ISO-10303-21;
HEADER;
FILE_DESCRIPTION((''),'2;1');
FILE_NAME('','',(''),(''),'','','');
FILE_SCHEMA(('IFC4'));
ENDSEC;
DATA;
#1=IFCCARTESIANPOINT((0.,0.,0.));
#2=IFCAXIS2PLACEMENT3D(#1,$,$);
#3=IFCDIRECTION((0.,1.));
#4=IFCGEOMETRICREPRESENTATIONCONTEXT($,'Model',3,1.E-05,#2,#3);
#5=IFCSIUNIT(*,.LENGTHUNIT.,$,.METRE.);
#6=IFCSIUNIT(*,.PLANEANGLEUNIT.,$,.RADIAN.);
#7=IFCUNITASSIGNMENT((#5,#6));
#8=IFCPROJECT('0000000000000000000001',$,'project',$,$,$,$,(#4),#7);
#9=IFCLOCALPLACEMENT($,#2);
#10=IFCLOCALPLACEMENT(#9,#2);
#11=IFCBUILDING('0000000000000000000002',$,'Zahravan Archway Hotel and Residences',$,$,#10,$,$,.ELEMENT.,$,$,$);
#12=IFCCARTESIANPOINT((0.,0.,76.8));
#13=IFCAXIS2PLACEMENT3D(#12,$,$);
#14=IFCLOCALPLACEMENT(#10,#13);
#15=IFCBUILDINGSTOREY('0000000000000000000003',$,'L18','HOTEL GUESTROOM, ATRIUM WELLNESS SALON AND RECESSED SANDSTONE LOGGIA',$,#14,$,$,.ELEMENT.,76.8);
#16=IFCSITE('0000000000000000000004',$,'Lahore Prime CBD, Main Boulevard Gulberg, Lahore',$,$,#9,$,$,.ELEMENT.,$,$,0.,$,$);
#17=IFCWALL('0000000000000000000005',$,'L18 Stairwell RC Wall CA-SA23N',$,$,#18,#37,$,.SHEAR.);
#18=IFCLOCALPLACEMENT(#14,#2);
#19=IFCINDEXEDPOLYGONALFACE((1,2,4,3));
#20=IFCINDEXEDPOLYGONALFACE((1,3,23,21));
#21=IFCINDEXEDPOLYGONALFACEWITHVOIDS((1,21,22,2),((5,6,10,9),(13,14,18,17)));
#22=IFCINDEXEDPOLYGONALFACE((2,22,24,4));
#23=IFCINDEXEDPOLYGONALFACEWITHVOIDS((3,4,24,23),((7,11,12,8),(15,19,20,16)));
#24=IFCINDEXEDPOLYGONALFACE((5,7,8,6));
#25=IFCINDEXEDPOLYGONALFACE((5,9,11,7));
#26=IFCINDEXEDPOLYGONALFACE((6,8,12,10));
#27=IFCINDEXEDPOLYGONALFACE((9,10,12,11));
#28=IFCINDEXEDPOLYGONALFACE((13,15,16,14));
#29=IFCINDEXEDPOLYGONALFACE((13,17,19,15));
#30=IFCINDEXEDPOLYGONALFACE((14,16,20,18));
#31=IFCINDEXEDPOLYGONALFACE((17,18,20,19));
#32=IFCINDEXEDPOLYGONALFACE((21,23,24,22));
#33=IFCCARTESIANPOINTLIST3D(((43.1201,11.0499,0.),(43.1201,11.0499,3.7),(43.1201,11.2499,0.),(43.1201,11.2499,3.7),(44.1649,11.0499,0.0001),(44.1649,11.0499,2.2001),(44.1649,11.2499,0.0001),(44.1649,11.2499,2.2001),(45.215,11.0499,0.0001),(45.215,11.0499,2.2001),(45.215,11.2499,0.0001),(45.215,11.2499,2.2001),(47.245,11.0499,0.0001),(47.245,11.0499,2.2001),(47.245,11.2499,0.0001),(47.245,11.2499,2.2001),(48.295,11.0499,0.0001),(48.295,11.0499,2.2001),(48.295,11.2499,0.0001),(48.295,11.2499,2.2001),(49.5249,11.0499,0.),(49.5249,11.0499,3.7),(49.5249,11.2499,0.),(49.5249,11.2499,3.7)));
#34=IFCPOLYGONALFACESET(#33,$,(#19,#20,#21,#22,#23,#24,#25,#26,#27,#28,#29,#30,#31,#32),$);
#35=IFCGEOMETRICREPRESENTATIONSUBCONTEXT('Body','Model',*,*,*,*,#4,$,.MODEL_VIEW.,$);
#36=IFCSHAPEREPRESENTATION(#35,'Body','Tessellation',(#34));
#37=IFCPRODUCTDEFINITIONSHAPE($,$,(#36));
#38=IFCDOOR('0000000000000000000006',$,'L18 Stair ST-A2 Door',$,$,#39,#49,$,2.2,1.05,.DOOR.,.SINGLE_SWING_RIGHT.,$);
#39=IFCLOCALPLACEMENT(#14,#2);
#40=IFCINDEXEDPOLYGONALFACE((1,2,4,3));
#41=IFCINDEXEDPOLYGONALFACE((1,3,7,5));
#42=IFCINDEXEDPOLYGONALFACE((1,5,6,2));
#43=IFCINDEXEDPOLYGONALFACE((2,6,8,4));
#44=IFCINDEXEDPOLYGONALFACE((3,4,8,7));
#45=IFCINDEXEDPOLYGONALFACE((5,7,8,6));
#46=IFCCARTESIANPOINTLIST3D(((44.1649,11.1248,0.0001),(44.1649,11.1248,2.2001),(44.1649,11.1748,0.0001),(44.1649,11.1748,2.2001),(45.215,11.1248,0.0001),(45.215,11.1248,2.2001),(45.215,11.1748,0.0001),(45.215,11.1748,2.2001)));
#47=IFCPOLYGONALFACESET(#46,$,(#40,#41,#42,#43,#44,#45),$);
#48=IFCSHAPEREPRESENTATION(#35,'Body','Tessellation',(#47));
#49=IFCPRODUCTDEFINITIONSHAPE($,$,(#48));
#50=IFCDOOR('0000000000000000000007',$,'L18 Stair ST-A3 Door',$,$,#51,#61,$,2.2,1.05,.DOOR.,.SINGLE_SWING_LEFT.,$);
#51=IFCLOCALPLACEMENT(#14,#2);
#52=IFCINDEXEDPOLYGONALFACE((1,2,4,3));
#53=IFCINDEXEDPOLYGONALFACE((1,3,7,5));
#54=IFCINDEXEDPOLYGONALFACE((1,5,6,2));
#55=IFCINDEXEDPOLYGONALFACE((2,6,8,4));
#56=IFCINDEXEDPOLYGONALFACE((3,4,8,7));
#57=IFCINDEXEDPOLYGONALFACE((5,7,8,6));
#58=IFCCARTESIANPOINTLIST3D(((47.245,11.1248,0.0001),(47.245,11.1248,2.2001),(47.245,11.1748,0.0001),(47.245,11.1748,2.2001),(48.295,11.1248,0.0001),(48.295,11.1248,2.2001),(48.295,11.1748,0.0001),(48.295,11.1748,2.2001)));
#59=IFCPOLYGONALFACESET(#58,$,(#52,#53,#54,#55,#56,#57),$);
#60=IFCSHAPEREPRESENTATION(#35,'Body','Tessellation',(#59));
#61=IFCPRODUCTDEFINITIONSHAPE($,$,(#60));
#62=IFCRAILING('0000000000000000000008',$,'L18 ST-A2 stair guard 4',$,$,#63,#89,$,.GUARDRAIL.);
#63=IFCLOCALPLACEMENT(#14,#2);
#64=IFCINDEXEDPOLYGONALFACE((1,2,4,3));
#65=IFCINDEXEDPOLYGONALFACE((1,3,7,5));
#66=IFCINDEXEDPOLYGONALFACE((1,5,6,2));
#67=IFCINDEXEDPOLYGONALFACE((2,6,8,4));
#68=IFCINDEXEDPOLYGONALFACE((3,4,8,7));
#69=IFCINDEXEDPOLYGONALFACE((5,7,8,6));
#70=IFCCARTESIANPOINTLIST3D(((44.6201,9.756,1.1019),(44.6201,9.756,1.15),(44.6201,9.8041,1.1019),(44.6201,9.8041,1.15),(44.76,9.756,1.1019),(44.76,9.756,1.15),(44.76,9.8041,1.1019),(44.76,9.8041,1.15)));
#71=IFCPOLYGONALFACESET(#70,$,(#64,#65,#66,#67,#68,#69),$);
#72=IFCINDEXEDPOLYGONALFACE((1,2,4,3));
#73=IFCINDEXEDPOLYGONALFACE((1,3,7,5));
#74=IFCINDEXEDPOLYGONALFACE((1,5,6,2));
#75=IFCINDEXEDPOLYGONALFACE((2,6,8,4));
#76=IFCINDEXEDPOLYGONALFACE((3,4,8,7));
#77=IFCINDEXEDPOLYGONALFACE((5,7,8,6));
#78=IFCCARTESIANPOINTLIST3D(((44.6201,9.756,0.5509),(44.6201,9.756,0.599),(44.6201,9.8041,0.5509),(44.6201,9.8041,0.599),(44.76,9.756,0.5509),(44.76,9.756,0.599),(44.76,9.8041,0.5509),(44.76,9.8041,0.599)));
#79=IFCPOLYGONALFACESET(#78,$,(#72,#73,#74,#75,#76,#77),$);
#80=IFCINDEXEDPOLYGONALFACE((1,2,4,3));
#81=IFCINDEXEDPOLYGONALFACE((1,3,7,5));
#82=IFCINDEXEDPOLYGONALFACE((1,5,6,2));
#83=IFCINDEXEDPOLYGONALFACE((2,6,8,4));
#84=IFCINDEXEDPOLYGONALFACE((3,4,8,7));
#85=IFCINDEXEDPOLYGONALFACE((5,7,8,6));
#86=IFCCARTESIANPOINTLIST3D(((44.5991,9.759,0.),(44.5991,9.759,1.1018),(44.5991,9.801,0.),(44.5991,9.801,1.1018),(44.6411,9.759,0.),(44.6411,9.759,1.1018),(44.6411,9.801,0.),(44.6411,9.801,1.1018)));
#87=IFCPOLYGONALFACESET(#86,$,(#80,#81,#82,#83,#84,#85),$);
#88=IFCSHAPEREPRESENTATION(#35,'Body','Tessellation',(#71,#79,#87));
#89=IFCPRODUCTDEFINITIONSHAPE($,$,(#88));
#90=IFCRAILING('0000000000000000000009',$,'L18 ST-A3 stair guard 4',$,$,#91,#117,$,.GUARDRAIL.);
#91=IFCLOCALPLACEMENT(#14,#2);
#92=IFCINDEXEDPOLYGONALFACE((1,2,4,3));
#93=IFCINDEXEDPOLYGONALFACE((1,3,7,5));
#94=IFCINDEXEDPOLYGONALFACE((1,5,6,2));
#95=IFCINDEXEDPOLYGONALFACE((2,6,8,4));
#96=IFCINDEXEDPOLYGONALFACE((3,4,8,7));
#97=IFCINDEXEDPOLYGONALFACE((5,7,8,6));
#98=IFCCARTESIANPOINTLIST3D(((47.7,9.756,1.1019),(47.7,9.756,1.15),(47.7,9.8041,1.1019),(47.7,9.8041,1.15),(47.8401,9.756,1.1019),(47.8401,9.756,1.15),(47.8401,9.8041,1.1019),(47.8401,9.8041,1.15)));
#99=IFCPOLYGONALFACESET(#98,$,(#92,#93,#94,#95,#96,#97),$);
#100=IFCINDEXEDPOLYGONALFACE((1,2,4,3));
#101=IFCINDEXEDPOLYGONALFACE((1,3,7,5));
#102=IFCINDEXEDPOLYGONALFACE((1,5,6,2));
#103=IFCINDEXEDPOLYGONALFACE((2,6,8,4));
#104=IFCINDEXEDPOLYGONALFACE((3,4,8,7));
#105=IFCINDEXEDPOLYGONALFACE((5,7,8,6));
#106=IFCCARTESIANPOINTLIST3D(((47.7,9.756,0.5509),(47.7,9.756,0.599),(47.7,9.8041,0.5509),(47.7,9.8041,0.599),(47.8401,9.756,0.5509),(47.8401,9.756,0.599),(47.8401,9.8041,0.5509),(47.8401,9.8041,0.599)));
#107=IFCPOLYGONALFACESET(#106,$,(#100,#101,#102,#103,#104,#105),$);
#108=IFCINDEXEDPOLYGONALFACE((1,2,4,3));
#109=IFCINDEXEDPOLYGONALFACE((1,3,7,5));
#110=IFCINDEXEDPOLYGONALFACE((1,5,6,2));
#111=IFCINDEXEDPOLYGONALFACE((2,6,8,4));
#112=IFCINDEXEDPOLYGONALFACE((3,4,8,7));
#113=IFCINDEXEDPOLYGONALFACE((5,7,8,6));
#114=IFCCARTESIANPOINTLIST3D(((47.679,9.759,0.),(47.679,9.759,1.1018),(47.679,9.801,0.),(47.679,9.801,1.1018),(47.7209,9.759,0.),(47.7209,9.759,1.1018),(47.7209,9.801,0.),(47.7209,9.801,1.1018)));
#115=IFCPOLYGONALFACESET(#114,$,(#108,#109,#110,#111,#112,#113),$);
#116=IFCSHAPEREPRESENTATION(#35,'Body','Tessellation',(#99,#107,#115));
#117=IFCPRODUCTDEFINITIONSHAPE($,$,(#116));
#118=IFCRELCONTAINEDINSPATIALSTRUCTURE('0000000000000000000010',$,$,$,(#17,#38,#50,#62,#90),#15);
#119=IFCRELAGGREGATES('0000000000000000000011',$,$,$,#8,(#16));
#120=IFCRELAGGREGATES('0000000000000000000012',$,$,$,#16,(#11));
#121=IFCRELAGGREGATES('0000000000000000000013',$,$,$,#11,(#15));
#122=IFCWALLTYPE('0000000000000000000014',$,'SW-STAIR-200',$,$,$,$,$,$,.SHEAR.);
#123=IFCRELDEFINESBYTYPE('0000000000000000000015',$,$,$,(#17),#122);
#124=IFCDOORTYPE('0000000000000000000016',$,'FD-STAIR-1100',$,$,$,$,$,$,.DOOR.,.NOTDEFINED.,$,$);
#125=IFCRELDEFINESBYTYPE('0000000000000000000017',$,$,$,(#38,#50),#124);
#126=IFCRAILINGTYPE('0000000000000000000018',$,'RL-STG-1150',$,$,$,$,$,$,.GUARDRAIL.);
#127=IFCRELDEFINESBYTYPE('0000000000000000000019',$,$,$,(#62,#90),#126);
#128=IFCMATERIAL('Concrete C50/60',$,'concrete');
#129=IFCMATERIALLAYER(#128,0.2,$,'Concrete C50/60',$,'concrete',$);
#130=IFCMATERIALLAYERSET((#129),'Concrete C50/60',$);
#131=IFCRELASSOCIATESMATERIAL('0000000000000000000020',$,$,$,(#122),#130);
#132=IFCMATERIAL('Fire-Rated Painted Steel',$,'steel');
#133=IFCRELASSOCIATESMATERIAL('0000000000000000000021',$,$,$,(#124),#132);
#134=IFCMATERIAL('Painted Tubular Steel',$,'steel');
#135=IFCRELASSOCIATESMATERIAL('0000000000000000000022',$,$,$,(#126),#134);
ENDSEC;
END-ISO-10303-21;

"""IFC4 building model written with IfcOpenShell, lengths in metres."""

from ifc_helpers import new_model, si_unit, direction, frame, frame_2d, origin, origin_2d, place, context, subcontext, project, spatial, rectangle, extrude, source, transform, mapped, material, layer, layer_set, type_object, type_shapes, element, fill, save


model = new_model("IFC4")

# Units and contexts
model_context = context("Model", 3, precision=1e-05, world=origin(), true_north=direction((0.0, 1.0)))
body_context = subcontext(model_context, "Body", "Model", "MODEL_VIEW")
ifc_project = project(units=[si_unit("LENGTHUNIT", "METRE"), si_unit("PLANEANGLEUNIT", "RADIAN")], contexts=[model_context])

# Site, building, storey
site_placement = place(None, origin())
site = spatial("IfcSite", under=ifc_project, at=site_placement, Name="Lahore Prime CBD, Main Boulevard Gulberg, Lahore", CompositionType="ELEMENT", RefElevation=0.0)
building_placement = place(site_placement, origin())
building = spatial("IfcBuilding", under=site, at=building_placement, Name="Zahravan Archway Hotel and Residences", CompositionType="ELEMENT")
storey_placement = place(building_placement, frame((0.0, 0.0, 76.8)))
storey = spatial("IfcBuildingStorey", under=building, at=storey_placement, Name="L18", Description="HOTEL GUESTROOM, ATRIUM WELLNESS SALON AND RECESSED SANDSTONE LOGGIA", CompositionType="ELEMENT", Elevation=76.8)

# Shared definitions
ifc_material_1 = material(Name="Fire-Rated Painted Steel", Category="steel")

# Wall, openings, doors
ifc_material_2 = material(Name="Concrete C50/60", Category="concrete")
ifc_layer_1 = layer(ifc_material_2, 0.2, Name="Concrete C50/60", Category="concrete")
ifc_layer_set_1 = layer_set([ifc_layer_1], Name="Concrete C50/60")
wall_type_1 = type_object("IfcWallType", Name="SW-STAIR-200", PredefinedType="SHEAR", material=ifc_layer_set_1)
wall_1_placement = place(storey_placement, frame((43.1201, 11.1499, 0.0), z_axis=(0.0, 0.0, 1.0), x_axis=(1.0, 0.0, 0.0)))
wall_1 = element("IfcWall", 1, at=wall_1_placement, inside=storey, type_object=wall_type_1, Name="L18 Stairwell RC Wall CA-SA23N", PredefinedType="SHEAR", context=body_context, shape_type="SweptSolid", body=[
    extrude(rectangle(XDim=6.4048, YDim=0.2, at=frame_2d((3.2024, 0.0))), origin(), (0.0, 0.0, 1.0), 3.7),
])
opening_1_placement = place(wall_1_placement, frame((1.0449, 0.0, 0.0)))
opening_1 = element("IfcOpeningElement", 2, at=opening_1_placement, cuts=wall_1, PredefinedType="OPENING", context=body_context, shape_type="SweptSolid", body=[
    extrude(rectangle(XDim=1.05, YDim=2.2, at=frame_2d((0.5249, 1.1001))), frame((0.0, 0.1099, 0.0), z_axis=(0.0, -1.0, 0.0), x_axis=(1.0, 0.0, 0.0)), (0.0, 0.0, 1.0), 0.22),
])
opening_2_placement = place(wall_1_placement, frame((4.125, 0.0, 0.0)))
opening_2 = element("IfcOpeningElement", 3, at=opening_2_placement, cuts=wall_1, PredefinedType="OPENING", context=body_context, shape_type="SweptSolid", body=[
    extrude(rectangle(XDim=1.05, YDim=2.2, at=frame_2d((0.5249, 1.1001))), frame((0.0, 0.1099, 0.0), z_axis=(0.0, -1.0, 0.0), x_axis=(1.0, 0.0, 0.0)), (0.0, 0.0, 1.0), 0.22),
])
door_type_1 = type_object("IfcDoorType", Name="FD-STAIR-1100", OperationType="NOTDEFINED", PredefinedType="DOOR", material=ifc_material_1)
shared_shape_1 = source(origin(), body_context, "Body", "SweptSolid", [
    extrude(rectangle(XDim=1.05, YDim=2.2, at=frame_2d((0.5249, 1.1001))), frame((0.0, 0.0249, 0.0), z_axis=(0.0, -1.0, 0.0), x_axis=(1.0, 0.0, 0.0)), (0.0, 0.0, 1.0), 0.05),
])
type_shapes(door_type_1, [shared_shape_1])
door_1_placement = place(opening_1_placement, origin())
door_1 = element("IfcDoor", 4, at=door_1_placement, inside=storey, type_object=door_type_1, Name="L18 Stair ST-A2 Door", OperationType="SINGLE_SWING_RIGHT", OverallHeight=2.2, OverallWidth=1.05, PredefinedType="DOOR", context=body_context, shape_type="MappedRepresentation", body=[
    mapped(shared_shape_1, transform((0.0, 0.0, 0.0), scale=1.0)),
])
fill(opening_1, door_1)
door_2_placement = place(opening_2_placement, origin())
door_2 = element("IfcDoor", 5, at=door_2_placement, inside=storey, type_object=door_type_1, Name="L18 Stair ST-A3 Door", OperationType="SINGLE_SWING_LEFT", OverallHeight=2.2, OverallWidth=1.05, PredefinedType="DOOR", context=body_context, shape_type="MappedRepresentation", body=[
    mapped(shared_shape_1, transform((0.0, 0.0, 0.0), scale=1.0)),
])
fill(opening_2, door_2)

# Railings
ifc_material_3 = material(Name="Painted Tubular Steel", Category="steel")
railing_type_1 = type_object("IfcRailingType", Name="RL-STG-1150", PredefinedType="GUARDRAIL", material=ifc_material_3)
railing_1_placement = place(storey_placement, frame((44.6201, 9.78, 0.0)))
element("IfcRailing", 6, at=railing_1_placement, inside=storey, type_object=railing_type_1, Name="L18 ST-A2 stair guard 4", PredefinedType="GUARDRAIL", context=body_context, shape_type="SweptSolid", body=[
    extrude(rectangle(XDim=0.0481, YDim=0.0481, at=origin_2d()), frame((0.0, 0.0, 1.126), z_axis=(1.0, 0.0, 0.0), x_axis=(0.0, 1.0, 0.0)), (0.0, 0.0, 1.0), 0.1399),
    extrude(rectangle(XDim=0.0481, YDim=0.0481, at=origin_2d()), frame((0.0, 0.0, 0.575), z_axis=(1.0, 0.0, 0.0), x_axis=(0.0, 1.0, 0.0)), (0.0, 0.0, 1.0), 0.1399),
    extrude(rectangle(XDim=0.042, YDim=0.042, at=origin_2d()), origin(), (0.0, 0.0, 1.0), 1.1018),
])
railing_2_placement = place(storey_placement, frame((47.7, 9.78, 0.0)))
element("IfcRailing", 7, at=railing_2_placement, inside=storey, type_object=railing_type_1, Name="L18 ST-A3 stair guard 4", PredefinedType="GUARDRAIL", context=body_context, shape_type="SweptSolid", body=[
    extrude(rectangle(XDim=0.0481, YDim=0.0481, at=origin_2d()), frame((0.0, 0.0, 1.126), z_axis=(1.0, 0.0, 0.0), x_axis=(0.0, 1.0, 0.0)), (0.0, 0.0, 1.0), 0.1401),
    extrude(rectangle(XDim=0.0481, YDim=0.0481, at=origin_2d()), frame((0.0, 0.0, 0.575), z_axis=(1.0, 0.0, 0.0), x_axis=(0.0, 1.0, 0.0)), (0.0, 0.0, 1.0), 0.1401),
    extrude(rectangle(XDim=0.042, YDim=0.042, at=origin_2d()), origin(), (0.0, 0.0, 1.0), 1.1018),
])

save(model, "model.ifc")
